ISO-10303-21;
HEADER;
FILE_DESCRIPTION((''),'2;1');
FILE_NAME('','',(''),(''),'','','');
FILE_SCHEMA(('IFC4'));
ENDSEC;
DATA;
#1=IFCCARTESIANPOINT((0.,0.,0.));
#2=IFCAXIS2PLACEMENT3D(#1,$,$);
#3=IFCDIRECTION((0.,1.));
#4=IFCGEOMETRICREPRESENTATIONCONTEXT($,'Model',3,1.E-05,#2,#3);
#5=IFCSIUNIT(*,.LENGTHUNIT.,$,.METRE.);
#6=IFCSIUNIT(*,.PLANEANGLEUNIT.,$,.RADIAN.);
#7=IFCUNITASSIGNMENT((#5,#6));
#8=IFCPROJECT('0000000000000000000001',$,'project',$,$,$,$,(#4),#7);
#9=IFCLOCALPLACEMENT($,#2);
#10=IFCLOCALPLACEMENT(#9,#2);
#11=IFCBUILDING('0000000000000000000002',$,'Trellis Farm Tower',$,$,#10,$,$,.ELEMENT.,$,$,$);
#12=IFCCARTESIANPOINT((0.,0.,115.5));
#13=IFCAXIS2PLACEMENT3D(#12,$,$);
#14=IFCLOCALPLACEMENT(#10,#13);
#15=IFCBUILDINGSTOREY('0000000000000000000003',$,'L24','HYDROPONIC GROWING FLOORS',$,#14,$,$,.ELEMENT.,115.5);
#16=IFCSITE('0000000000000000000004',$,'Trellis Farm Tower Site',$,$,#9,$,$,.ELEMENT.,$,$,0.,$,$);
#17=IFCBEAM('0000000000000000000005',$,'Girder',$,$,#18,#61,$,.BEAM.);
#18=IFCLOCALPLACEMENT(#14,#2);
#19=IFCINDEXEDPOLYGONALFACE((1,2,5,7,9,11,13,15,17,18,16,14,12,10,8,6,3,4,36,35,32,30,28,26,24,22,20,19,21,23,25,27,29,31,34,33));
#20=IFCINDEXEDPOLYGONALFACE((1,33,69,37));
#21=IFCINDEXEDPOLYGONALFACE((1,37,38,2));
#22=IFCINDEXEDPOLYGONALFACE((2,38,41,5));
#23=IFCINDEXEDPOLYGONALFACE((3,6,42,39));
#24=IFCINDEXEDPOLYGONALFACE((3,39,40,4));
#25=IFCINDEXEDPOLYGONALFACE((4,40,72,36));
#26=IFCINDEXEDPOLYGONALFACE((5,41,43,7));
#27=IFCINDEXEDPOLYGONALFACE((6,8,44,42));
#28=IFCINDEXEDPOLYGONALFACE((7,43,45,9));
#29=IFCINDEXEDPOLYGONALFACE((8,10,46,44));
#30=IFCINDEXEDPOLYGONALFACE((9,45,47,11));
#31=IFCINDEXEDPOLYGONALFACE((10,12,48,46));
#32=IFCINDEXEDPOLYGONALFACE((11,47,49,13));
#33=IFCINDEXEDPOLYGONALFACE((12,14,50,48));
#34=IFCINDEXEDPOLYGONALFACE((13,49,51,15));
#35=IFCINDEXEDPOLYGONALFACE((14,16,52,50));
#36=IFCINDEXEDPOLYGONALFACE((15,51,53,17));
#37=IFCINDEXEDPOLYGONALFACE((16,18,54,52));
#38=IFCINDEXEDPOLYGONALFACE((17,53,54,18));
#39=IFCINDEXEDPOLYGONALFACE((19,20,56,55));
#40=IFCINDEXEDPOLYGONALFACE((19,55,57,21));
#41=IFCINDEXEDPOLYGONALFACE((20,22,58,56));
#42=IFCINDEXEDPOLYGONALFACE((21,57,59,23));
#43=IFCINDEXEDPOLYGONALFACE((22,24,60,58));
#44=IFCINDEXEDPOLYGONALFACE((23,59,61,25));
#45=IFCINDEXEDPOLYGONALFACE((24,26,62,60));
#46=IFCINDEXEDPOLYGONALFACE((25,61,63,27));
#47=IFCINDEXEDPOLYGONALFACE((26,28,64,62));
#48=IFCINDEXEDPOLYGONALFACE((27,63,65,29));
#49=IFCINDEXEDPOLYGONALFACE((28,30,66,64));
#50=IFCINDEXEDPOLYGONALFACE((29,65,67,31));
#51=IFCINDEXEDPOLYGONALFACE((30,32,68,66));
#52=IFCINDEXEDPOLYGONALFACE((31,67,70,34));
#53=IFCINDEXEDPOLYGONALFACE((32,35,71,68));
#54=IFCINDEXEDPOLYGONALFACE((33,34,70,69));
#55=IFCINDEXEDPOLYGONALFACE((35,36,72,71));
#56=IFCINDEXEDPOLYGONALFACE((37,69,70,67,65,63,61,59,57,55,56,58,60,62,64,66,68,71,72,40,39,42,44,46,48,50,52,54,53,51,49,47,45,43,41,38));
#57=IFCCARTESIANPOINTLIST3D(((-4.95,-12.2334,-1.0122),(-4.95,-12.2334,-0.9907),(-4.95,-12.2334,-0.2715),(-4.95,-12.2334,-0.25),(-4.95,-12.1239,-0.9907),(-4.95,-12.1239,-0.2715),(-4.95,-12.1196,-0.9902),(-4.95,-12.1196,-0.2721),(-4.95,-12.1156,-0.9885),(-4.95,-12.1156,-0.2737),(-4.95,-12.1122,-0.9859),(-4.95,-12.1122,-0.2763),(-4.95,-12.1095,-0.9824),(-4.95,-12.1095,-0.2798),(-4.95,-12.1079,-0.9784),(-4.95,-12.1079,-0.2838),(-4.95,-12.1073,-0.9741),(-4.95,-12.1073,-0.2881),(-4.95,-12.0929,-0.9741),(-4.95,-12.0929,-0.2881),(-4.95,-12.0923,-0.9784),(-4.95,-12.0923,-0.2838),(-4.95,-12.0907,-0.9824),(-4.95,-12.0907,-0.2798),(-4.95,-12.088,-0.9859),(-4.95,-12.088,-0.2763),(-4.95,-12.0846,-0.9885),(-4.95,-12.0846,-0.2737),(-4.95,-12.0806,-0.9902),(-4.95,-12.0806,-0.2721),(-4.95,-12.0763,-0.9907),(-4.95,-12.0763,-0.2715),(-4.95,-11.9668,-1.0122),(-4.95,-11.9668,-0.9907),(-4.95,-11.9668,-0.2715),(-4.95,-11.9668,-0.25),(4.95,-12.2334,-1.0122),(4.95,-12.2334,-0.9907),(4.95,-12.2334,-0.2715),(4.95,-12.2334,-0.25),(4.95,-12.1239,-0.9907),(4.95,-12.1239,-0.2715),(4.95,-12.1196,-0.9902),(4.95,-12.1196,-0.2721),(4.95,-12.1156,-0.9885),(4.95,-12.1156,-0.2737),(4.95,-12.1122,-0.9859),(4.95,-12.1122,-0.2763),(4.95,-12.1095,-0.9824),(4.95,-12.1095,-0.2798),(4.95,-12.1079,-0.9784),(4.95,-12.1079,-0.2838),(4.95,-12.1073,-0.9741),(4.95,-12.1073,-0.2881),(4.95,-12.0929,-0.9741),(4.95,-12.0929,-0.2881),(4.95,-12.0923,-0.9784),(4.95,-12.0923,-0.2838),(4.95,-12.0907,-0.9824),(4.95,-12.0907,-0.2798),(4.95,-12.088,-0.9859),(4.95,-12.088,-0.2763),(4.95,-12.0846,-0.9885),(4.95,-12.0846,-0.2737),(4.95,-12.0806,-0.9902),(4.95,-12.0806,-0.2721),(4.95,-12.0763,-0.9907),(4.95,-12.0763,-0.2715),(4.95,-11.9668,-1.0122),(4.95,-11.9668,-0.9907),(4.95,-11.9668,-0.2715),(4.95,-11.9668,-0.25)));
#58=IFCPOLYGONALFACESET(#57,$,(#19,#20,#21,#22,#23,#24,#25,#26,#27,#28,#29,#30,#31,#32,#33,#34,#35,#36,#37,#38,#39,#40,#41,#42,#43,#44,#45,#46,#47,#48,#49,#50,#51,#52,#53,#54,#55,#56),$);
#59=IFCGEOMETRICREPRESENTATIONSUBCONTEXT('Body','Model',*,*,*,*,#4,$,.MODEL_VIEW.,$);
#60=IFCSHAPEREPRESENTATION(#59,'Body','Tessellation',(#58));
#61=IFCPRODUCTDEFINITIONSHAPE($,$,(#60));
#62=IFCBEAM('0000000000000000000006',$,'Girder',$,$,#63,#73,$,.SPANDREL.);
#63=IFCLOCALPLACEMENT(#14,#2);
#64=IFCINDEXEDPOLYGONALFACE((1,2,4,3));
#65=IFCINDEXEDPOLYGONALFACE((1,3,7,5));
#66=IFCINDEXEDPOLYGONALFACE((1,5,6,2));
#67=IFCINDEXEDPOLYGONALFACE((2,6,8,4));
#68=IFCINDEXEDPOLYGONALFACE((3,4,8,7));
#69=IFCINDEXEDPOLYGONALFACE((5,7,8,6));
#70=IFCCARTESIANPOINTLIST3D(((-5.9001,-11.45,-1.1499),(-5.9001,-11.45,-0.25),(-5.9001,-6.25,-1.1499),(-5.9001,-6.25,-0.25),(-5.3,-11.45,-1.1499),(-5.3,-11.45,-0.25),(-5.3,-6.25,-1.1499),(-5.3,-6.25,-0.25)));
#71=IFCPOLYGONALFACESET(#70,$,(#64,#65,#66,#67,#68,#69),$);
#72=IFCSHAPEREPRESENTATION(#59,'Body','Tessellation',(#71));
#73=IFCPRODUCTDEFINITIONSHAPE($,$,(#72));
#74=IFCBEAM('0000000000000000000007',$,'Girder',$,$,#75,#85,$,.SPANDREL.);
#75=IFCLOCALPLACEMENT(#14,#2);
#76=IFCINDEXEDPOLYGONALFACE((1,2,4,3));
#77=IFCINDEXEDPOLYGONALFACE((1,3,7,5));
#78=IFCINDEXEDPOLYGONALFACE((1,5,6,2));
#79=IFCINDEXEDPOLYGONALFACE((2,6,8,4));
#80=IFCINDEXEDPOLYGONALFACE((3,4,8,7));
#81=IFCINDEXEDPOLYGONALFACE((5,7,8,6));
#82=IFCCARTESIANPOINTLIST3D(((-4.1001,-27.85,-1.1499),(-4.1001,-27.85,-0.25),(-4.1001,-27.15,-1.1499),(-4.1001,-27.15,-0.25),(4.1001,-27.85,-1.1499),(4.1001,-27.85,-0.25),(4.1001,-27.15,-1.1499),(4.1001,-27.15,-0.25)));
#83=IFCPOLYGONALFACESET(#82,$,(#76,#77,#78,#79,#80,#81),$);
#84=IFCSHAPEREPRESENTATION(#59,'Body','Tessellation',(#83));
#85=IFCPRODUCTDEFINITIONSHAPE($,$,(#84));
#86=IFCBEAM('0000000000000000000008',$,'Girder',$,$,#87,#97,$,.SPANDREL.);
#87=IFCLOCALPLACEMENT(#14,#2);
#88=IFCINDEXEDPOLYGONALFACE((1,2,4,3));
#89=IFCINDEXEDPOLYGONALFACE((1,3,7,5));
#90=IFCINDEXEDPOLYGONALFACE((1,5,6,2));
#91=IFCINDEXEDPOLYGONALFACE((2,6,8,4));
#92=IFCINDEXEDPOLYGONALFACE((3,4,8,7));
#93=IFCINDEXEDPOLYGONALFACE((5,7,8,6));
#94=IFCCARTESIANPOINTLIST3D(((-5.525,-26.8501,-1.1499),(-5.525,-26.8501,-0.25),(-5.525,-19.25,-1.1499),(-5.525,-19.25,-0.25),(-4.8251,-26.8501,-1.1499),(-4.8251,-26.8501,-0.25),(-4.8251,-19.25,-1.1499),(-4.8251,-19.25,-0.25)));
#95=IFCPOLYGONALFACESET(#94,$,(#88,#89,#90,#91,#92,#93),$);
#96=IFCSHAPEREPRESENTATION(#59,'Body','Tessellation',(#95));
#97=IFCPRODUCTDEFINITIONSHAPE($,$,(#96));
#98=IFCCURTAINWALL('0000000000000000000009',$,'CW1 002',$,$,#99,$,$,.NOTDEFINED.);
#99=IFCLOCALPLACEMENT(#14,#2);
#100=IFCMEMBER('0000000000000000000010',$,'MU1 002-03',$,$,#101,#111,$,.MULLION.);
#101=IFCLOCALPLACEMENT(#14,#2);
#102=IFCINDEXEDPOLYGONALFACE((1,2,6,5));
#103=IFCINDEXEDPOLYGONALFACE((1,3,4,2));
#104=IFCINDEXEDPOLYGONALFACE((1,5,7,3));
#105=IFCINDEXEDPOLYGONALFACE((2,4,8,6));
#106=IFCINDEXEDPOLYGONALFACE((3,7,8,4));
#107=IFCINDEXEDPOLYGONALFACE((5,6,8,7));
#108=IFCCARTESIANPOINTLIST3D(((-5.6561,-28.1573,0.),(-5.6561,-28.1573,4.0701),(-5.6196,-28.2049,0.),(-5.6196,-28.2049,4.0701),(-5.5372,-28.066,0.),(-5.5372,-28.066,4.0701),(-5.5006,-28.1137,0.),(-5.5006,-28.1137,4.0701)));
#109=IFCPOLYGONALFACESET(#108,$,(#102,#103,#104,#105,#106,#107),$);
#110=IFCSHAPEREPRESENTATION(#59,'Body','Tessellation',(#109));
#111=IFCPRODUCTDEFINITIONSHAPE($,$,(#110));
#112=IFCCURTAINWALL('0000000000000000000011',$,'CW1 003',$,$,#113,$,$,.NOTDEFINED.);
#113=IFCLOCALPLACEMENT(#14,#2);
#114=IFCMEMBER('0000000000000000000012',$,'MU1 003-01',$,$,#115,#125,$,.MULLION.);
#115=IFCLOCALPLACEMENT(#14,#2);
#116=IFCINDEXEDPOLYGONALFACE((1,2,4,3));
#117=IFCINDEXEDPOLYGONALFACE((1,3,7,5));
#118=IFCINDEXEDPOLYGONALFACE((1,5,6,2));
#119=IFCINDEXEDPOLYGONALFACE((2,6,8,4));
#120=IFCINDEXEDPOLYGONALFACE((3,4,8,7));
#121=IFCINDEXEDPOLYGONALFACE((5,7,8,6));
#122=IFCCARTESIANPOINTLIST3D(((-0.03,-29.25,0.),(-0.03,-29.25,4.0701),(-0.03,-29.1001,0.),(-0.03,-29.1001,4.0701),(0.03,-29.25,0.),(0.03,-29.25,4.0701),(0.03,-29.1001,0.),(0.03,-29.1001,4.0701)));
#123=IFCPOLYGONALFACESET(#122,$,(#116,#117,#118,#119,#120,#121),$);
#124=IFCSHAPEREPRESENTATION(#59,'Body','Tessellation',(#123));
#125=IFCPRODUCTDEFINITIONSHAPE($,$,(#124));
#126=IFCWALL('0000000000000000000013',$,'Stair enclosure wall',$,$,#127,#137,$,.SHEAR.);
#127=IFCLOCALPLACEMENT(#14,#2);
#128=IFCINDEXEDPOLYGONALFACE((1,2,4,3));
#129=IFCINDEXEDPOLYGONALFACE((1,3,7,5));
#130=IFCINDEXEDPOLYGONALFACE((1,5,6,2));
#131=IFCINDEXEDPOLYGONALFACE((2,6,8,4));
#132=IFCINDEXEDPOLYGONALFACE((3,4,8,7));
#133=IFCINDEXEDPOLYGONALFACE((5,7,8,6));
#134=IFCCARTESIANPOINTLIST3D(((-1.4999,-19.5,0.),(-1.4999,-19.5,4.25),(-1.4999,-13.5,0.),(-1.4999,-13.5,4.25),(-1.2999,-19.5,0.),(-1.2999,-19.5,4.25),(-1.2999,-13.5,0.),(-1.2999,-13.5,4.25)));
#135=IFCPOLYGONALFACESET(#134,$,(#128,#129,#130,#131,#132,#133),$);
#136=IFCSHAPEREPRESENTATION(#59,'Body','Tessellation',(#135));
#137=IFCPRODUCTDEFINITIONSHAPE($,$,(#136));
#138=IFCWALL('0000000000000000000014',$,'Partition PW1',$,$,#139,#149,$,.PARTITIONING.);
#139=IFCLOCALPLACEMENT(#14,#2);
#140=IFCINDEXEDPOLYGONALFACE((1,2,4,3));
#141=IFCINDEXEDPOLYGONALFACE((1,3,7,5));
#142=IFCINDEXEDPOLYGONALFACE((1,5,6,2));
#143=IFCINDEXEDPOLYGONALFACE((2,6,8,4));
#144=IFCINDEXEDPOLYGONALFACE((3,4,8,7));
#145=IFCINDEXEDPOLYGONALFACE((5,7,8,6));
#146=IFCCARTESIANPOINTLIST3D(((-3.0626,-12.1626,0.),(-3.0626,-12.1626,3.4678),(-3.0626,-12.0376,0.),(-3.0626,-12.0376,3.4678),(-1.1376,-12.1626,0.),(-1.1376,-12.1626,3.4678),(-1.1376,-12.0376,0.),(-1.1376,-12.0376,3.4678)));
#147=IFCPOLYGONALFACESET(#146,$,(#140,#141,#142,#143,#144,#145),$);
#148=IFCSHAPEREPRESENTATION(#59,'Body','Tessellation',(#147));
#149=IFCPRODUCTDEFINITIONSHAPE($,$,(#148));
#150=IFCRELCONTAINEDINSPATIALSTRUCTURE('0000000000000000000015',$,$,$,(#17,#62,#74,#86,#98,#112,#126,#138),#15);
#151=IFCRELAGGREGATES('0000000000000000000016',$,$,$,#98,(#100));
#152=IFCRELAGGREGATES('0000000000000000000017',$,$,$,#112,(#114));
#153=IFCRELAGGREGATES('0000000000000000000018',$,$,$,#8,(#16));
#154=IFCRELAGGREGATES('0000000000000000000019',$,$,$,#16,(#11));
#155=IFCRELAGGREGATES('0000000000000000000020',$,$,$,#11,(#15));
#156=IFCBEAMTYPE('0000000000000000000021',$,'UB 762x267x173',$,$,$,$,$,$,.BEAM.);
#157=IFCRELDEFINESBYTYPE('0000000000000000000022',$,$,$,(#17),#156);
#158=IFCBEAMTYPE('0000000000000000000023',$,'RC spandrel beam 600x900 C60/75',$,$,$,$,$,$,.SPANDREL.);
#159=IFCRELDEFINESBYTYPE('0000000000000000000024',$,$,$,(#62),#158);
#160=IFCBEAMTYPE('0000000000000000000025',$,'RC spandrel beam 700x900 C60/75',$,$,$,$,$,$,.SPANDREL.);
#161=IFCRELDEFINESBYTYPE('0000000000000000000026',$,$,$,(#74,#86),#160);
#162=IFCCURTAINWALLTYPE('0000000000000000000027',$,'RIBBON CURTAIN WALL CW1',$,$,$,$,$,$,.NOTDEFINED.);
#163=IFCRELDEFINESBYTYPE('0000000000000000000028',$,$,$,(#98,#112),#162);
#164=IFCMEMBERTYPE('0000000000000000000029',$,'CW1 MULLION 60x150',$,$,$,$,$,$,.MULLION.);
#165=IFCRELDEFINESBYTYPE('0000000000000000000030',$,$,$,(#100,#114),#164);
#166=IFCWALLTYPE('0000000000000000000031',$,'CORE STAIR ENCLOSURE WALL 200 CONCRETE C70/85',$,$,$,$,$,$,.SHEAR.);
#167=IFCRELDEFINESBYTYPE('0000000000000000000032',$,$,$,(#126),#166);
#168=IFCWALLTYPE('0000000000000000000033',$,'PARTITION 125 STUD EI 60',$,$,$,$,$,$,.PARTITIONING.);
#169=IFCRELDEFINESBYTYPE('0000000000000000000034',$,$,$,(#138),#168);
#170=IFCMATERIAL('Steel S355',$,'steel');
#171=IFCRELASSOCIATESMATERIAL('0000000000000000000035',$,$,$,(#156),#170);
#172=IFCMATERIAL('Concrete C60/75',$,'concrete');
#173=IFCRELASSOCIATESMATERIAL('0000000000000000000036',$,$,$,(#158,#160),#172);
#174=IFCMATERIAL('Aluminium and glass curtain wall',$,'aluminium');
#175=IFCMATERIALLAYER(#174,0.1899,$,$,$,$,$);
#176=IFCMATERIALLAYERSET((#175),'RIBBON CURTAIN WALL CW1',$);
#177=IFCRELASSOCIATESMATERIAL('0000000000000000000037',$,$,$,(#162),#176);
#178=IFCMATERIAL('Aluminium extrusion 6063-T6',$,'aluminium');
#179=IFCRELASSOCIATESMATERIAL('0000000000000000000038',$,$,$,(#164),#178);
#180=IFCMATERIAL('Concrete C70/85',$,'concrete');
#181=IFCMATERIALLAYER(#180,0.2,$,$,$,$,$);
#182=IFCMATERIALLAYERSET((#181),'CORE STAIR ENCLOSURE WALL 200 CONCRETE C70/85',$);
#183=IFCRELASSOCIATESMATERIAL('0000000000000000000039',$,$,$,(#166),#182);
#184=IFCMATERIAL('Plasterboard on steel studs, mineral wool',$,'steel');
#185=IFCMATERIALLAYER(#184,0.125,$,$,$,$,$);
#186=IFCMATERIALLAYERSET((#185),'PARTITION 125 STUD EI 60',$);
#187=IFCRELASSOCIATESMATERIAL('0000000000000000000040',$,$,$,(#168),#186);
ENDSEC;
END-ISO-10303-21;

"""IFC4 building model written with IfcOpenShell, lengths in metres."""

from ifc_helpers import new_model, si_unit, direction, frame, frame_2d, origin, origin_2d, place, context, subcontext, project, spatial, rectangle, i_section, extrude, source, transform, mapped, material, layer, layer_set, material_profile, profile_set, type_object, element, aggregate, save


model = new_model("IFC4")

# Units and contexts
model_context = context("Model", 3, precision=1e-05, world=origin(), true_north=direction((0.0, 1.0)))
body_context = subcontext(model_context, "Body", "Model", "MODEL_VIEW")
ifc_project = project(units=[si_unit("LENGTHUNIT", "METRE"), si_unit("PLANEANGLEUNIT", "RADIAN")], contexts=[model_context])

# Site, building, storey
site_placement = place(None, origin())
site = spatial("IfcSite", under=ifc_project, at=site_placement, Name="Trellis Farm Tower Site", CompositionType="ELEMENT", RefElevation=0.0)
building_placement = place(site_placement, origin())
building = spatial("IfcBuilding", under=site, at=building_placement, Name="Trellis Farm Tower", CompositionType="ELEMENT")
storey_placement = place(building_placement, frame((0.0, 0.0, 115.5)))
storey = spatial("IfcBuildingStorey", under=building, at=storey_placement, Name="L24", Description="HYDROPONIC GROWING FLOORS", CompositionType="ELEMENT", Elevation=115.5)

# Beams
ifc_material_1 = material(Name="Steel S355", Category="steel")
ifc_material_profile_1 = material_profile(ifc_material_1, i_section(OverallWidth=0.2666, OverallDepth=0.7622, WebThickness=0.0144, FlangeThickness=0.0215, FilletRadius=0.0166, at=origin_2d()), Name="UB 762x267x173")
ifc_profile_set_1 = profile_set([ifc_material_profile_1], Name="Steel S355")
beam_type_1 = type_object("IfcBeamType", Name="UB 762x267x173", PredefinedType="BEAM", material=ifc_profile_set_1)
shared_shape_1 = source(origin(), body_context, "Body", "SweptSolid", [
    extrude(i_section(OverallWidth=0.2666, OverallDepth=0.7622, WebThickness=0.0144, FlangeThickness=0.0215, FilletRadius=0.0166, at=origin_2d()), origin(), (0.0, 0.0, 1.0), 9.8999),
])
beam_1_placement = place(storey_placement, frame((-4.95, -12.1001, -0.6311), z_axis=(1.0, 0.0, 0.0), x_axis=(0.0, 1.0, 0.0)))
element("IfcBeam", 1, at=beam_1_placement, inside=storey, type_object=beam_type_1, Name="Girder", PredefinedType="BEAM", context=body_context, shape_type="MappedRepresentation", body=[
    mapped(shared_shape_1, transform((0.0, 0.0, 0.0))),
])
ifc_material_2 = material(Name="Concrete C60/75", Category="concrete")
ifc_material_profile_2 = material_profile(ifc_material_2, rectangle(XDim=0.6001, YDim=0.8999, at=origin_2d()), Name="RC spandrel beam 600x900 C60/75")
ifc_profile_set_2 = profile_set([ifc_material_profile_2], Name="Concrete C60/75")
beam_type_2 = type_object("IfcBeamType", Name="RC spandrel beam 600x900 C60/75", PredefinedType="SPANDREL", material=ifc_profile_set_2)
shared_shape_2 = source(origin(), body_context, "Body", "SweptSolid", [
    extrude(rectangle(XDim=0.6001, YDim=0.8999, at=origin_2d()), origin(), (0.0, 0.0, 1.0), 5.2),
])
beam_2_placement = place(storey_placement, frame((-5.6001, -11.45, -0.7), z_axis=(0.0, 1.0, 0.0), x_axis=(-1.0, 0.0, 0.0)))
element("IfcBeam", 2, at=beam_2_placement, inside=storey, type_object=beam_type_2, Name="Girder", PredefinedType="SPANDREL", context=body_context, shape_type="MappedRepresentation", body=[
    mapped(shared_shape_2, transform((0.0, 0.0, 0.0))),
])
ifc_material_profile_3 = material_profile(ifc_material_2, rectangle(XDim=0.7, YDim=0.8999, at=origin_2d()), Name="RC spandrel beam 700x900 C60/75")
ifc_profile_set_3 = profile_set([ifc_material_profile_3], Name="Concrete C60/75")
beam_type_3 = type_object("IfcBeamType", Name="RC spandrel beam 700x900 C60/75", PredefinedType="SPANDREL", material=ifc_profile_set_3)
shared_shape_3 = source(origin(), body_context, "Body", "SweptSolid", [
    extrude(rectangle(XDim=0.7, YDim=0.8999, at=origin_2d()), origin(), (0.0, 0.0, 1.0), 8.2002),
])
beam_3_placement = place(storey_placement, frame((-4.1001, -27.5, -0.7), z_axis=(1.0, 0.0, 0.0), x_axis=(0.0, 1.0, 0.0)))
element("IfcBeam", 3, at=beam_3_placement, inside=storey, type_object=beam_type_3, Name="Girder", PredefinedType="SPANDREL", context=body_context, shape_type="MappedRepresentation", body=[
    mapped(shared_shape_3, transform((0.0, 0.0, 0.0))),
])
shared_shape_4 = source(origin(), body_context, "Body", "SweptSolid", [
    extrude(rectangle(XDim=0.7, YDim=0.8999, at=origin_2d()), origin(), (0.0, 0.0, 1.0), 7.6001),
])
beam_4_placement = place(storey_placement, frame((-5.175, -26.8501, -0.7), z_axis=(0.0, 1.0, 0.0), x_axis=(-1.0, 0.0, 0.0)))
element("IfcBeam", 4, at=beam_4_placement, inside=storey, type_object=beam_type_3, Name="Girder", PredefinedType="SPANDREL", context=body_context, shape_type="MappedRepresentation", body=[
    mapped(shared_shape_4, transform((0.0, 0.0, 0.0))),
])

# Curtain walls, members
ifc_material_3 = material(Name="Aluminium and glass curtain wall", Category="aluminium")
ifc_layer_1 = layer(ifc_material_3, 0.1899)
ifc_layer_set_1 = layer_set([ifc_layer_1], Name="RIBBON CURTAIN WALL CW1")
curtain_wall_type = type_object("IfcCurtainWallType", Name="RIBBON CURTAIN WALL CW1", PredefinedType="NOTDEFINED", material=ifc_layer_set_1)
placement = place(storey_placement, origin())
curtain_wall_1 = element("IfcCurtainWall", 5, at=placement, inside=storey, type_object=curtain_wall_type, Name="CW1 002", PredefinedType="NOTDEFINED")
ifc_material_4 = material(Name="Aluminium extrusion 6063-T6", Category="aluminium")
ifc_material_profile_4 = material_profile(ifc_material_4, rectangle(XDim=0.0601, YDim=0.1499, at=origin_2d()), Name="MULLION 60x150")
ifc_profile_set_4 = profile_set([ifc_material_profile_4], Name="Aluminium extrusion 6063-T6")
member_type = type_object("IfcMemberType", Name="CW1 MULLION 60x150", PredefinedType="MULLION", material=ifc_profile_set_4)
shared_shape_5 = source(origin(), body_context, "Body", "SweptSolid", [
    extrude(rectangle(XDim=0.0601, YDim=0.1499, at=origin_2d()), origin(), (0.0, 0.0, 1.0), 4.0701),
])
member_1_placement = place(storey_placement, frame((-5.5784, -28.1355, 0.0), z_axis=(0.0, 0.0, 1.0), x_axis=(0.608761, -0.793353, 0.0)))
member_1 = element("IfcMember", 6, at=member_1_placement, type_object=member_type, Name="MU1 002-03", PredefinedType="MULLION", context=body_context, shape_type="MappedRepresentation", body=[
    mapped(shared_shape_5, transform((0.0, 0.0, 0.0))),
])
aggregate(curtain_wall_1, [member_1])
curtain_wall_2 = element("IfcCurtainWall", 7, at=placement, inside=storey, type_object=curtain_wall_type, Name="CW1 003", PredefinedType="NOTDEFINED")
member_2_placement = place(storey_placement, frame((0.0, -29.175, 0.0), z_axis=(0.0, 0.0, 1.0), x_axis=(1.0, 0.0, 0.0)))
member_2 = element("IfcMember", 8, at=member_2_placement, type_object=member_type, Name="MU1 003-01", PredefinedType="MULLION", context=body_context, shape_type="MappedRepresentation", body=[
    mapped(shared_shape_5, transform((0.0, 0.0, 0.0))),
])
aggregate(curtain_wall_2, [member_2])

# Walls
ifc_material_5 = material(Name="Concrete C70/85", Category="concrete")
ifc_layer_2 = layer(ifc_material_5, 0.2)
ifc_layer_set_2 = layer_set([ifc_layer_2], Name="CORE STAIR ENCLOSURE WALL 200 CONCRETE C70/85")
wall_type_1 = type_object("IfcWallType", Name="CORE STAIR ENCLOSURE WALL 200 CONCRETE C70/85", PredefinedType="SHEAR", material=ifc_layer_set_2)
shared_shape_6 = source(origin(), body_context, "Body", "SweptSolid", [
    extrude(rectangle(XDim=6.0, YDim=0.2, at=frame_2d((3.0, 0.0))), origin(), (0.0, 0.0, 1.0), 4.25),
])
wall_1_placement = place(storey_placement, frame((-1.3999, -13.5, 0.0), z_axis=(0.0, 0.0, 1.0), x_axis=(0.0, -1.0, 0.0)))
element("IfcWall", 9, at=wall_1_placement, inside=storey, type_object=wall_type_1, Name="Stair enclosure wall", PredefinedType="SHEAR", context=body_context, shape_type="MappedRepresentation", body=[
    mapped(shared_shape_6, transform((0.0, 0.0, 0.0))),
])
ifc_material_6 = material(Name="Plasterboard on steel studs, mineral wool", Category="steel")
ifc_layer_3 = layer(ifc_material_6, 0.125)
ifc_layer_set_3 = layer_set([ifc_layer_3], Name="PARTITION 125 STUD EI 60")
wall_type_2 = type_object("IfcWallType", Name="PARTITION 125 STUD EI 60", PredefinedType="PARTITIONING", material=ifc_layer_set_3)
shared_shape_7 = source(origin(), body_context, "Body", "SweptSolid", [
    extrude(rectangle(XDim=1.925, YDim=0.125, at=frame_2d((0.9624, 0.0))), origin(), (0.0, 0.0, 1.0), 3.4678),
])
wall_2_placement = place(storey_placement, frame((-3.0625, -12.1001, 0.0), z_axis=(0.0, 0.0, 1.0), x_axis=(1.0, 0.0, 0.0)))
element("IfcWall", 10, at=wall_2_placement, inside=storey, type_object=wall_type_2, Name="Partition PW1", PredefinedType="PARTITIONING", context=body_context, shape_type="MappedRepresentation", body=[
    mapped(shared_shape_7, transform((0.0, 0.0, 0.0))),
])

save(model, "model.ifc")
